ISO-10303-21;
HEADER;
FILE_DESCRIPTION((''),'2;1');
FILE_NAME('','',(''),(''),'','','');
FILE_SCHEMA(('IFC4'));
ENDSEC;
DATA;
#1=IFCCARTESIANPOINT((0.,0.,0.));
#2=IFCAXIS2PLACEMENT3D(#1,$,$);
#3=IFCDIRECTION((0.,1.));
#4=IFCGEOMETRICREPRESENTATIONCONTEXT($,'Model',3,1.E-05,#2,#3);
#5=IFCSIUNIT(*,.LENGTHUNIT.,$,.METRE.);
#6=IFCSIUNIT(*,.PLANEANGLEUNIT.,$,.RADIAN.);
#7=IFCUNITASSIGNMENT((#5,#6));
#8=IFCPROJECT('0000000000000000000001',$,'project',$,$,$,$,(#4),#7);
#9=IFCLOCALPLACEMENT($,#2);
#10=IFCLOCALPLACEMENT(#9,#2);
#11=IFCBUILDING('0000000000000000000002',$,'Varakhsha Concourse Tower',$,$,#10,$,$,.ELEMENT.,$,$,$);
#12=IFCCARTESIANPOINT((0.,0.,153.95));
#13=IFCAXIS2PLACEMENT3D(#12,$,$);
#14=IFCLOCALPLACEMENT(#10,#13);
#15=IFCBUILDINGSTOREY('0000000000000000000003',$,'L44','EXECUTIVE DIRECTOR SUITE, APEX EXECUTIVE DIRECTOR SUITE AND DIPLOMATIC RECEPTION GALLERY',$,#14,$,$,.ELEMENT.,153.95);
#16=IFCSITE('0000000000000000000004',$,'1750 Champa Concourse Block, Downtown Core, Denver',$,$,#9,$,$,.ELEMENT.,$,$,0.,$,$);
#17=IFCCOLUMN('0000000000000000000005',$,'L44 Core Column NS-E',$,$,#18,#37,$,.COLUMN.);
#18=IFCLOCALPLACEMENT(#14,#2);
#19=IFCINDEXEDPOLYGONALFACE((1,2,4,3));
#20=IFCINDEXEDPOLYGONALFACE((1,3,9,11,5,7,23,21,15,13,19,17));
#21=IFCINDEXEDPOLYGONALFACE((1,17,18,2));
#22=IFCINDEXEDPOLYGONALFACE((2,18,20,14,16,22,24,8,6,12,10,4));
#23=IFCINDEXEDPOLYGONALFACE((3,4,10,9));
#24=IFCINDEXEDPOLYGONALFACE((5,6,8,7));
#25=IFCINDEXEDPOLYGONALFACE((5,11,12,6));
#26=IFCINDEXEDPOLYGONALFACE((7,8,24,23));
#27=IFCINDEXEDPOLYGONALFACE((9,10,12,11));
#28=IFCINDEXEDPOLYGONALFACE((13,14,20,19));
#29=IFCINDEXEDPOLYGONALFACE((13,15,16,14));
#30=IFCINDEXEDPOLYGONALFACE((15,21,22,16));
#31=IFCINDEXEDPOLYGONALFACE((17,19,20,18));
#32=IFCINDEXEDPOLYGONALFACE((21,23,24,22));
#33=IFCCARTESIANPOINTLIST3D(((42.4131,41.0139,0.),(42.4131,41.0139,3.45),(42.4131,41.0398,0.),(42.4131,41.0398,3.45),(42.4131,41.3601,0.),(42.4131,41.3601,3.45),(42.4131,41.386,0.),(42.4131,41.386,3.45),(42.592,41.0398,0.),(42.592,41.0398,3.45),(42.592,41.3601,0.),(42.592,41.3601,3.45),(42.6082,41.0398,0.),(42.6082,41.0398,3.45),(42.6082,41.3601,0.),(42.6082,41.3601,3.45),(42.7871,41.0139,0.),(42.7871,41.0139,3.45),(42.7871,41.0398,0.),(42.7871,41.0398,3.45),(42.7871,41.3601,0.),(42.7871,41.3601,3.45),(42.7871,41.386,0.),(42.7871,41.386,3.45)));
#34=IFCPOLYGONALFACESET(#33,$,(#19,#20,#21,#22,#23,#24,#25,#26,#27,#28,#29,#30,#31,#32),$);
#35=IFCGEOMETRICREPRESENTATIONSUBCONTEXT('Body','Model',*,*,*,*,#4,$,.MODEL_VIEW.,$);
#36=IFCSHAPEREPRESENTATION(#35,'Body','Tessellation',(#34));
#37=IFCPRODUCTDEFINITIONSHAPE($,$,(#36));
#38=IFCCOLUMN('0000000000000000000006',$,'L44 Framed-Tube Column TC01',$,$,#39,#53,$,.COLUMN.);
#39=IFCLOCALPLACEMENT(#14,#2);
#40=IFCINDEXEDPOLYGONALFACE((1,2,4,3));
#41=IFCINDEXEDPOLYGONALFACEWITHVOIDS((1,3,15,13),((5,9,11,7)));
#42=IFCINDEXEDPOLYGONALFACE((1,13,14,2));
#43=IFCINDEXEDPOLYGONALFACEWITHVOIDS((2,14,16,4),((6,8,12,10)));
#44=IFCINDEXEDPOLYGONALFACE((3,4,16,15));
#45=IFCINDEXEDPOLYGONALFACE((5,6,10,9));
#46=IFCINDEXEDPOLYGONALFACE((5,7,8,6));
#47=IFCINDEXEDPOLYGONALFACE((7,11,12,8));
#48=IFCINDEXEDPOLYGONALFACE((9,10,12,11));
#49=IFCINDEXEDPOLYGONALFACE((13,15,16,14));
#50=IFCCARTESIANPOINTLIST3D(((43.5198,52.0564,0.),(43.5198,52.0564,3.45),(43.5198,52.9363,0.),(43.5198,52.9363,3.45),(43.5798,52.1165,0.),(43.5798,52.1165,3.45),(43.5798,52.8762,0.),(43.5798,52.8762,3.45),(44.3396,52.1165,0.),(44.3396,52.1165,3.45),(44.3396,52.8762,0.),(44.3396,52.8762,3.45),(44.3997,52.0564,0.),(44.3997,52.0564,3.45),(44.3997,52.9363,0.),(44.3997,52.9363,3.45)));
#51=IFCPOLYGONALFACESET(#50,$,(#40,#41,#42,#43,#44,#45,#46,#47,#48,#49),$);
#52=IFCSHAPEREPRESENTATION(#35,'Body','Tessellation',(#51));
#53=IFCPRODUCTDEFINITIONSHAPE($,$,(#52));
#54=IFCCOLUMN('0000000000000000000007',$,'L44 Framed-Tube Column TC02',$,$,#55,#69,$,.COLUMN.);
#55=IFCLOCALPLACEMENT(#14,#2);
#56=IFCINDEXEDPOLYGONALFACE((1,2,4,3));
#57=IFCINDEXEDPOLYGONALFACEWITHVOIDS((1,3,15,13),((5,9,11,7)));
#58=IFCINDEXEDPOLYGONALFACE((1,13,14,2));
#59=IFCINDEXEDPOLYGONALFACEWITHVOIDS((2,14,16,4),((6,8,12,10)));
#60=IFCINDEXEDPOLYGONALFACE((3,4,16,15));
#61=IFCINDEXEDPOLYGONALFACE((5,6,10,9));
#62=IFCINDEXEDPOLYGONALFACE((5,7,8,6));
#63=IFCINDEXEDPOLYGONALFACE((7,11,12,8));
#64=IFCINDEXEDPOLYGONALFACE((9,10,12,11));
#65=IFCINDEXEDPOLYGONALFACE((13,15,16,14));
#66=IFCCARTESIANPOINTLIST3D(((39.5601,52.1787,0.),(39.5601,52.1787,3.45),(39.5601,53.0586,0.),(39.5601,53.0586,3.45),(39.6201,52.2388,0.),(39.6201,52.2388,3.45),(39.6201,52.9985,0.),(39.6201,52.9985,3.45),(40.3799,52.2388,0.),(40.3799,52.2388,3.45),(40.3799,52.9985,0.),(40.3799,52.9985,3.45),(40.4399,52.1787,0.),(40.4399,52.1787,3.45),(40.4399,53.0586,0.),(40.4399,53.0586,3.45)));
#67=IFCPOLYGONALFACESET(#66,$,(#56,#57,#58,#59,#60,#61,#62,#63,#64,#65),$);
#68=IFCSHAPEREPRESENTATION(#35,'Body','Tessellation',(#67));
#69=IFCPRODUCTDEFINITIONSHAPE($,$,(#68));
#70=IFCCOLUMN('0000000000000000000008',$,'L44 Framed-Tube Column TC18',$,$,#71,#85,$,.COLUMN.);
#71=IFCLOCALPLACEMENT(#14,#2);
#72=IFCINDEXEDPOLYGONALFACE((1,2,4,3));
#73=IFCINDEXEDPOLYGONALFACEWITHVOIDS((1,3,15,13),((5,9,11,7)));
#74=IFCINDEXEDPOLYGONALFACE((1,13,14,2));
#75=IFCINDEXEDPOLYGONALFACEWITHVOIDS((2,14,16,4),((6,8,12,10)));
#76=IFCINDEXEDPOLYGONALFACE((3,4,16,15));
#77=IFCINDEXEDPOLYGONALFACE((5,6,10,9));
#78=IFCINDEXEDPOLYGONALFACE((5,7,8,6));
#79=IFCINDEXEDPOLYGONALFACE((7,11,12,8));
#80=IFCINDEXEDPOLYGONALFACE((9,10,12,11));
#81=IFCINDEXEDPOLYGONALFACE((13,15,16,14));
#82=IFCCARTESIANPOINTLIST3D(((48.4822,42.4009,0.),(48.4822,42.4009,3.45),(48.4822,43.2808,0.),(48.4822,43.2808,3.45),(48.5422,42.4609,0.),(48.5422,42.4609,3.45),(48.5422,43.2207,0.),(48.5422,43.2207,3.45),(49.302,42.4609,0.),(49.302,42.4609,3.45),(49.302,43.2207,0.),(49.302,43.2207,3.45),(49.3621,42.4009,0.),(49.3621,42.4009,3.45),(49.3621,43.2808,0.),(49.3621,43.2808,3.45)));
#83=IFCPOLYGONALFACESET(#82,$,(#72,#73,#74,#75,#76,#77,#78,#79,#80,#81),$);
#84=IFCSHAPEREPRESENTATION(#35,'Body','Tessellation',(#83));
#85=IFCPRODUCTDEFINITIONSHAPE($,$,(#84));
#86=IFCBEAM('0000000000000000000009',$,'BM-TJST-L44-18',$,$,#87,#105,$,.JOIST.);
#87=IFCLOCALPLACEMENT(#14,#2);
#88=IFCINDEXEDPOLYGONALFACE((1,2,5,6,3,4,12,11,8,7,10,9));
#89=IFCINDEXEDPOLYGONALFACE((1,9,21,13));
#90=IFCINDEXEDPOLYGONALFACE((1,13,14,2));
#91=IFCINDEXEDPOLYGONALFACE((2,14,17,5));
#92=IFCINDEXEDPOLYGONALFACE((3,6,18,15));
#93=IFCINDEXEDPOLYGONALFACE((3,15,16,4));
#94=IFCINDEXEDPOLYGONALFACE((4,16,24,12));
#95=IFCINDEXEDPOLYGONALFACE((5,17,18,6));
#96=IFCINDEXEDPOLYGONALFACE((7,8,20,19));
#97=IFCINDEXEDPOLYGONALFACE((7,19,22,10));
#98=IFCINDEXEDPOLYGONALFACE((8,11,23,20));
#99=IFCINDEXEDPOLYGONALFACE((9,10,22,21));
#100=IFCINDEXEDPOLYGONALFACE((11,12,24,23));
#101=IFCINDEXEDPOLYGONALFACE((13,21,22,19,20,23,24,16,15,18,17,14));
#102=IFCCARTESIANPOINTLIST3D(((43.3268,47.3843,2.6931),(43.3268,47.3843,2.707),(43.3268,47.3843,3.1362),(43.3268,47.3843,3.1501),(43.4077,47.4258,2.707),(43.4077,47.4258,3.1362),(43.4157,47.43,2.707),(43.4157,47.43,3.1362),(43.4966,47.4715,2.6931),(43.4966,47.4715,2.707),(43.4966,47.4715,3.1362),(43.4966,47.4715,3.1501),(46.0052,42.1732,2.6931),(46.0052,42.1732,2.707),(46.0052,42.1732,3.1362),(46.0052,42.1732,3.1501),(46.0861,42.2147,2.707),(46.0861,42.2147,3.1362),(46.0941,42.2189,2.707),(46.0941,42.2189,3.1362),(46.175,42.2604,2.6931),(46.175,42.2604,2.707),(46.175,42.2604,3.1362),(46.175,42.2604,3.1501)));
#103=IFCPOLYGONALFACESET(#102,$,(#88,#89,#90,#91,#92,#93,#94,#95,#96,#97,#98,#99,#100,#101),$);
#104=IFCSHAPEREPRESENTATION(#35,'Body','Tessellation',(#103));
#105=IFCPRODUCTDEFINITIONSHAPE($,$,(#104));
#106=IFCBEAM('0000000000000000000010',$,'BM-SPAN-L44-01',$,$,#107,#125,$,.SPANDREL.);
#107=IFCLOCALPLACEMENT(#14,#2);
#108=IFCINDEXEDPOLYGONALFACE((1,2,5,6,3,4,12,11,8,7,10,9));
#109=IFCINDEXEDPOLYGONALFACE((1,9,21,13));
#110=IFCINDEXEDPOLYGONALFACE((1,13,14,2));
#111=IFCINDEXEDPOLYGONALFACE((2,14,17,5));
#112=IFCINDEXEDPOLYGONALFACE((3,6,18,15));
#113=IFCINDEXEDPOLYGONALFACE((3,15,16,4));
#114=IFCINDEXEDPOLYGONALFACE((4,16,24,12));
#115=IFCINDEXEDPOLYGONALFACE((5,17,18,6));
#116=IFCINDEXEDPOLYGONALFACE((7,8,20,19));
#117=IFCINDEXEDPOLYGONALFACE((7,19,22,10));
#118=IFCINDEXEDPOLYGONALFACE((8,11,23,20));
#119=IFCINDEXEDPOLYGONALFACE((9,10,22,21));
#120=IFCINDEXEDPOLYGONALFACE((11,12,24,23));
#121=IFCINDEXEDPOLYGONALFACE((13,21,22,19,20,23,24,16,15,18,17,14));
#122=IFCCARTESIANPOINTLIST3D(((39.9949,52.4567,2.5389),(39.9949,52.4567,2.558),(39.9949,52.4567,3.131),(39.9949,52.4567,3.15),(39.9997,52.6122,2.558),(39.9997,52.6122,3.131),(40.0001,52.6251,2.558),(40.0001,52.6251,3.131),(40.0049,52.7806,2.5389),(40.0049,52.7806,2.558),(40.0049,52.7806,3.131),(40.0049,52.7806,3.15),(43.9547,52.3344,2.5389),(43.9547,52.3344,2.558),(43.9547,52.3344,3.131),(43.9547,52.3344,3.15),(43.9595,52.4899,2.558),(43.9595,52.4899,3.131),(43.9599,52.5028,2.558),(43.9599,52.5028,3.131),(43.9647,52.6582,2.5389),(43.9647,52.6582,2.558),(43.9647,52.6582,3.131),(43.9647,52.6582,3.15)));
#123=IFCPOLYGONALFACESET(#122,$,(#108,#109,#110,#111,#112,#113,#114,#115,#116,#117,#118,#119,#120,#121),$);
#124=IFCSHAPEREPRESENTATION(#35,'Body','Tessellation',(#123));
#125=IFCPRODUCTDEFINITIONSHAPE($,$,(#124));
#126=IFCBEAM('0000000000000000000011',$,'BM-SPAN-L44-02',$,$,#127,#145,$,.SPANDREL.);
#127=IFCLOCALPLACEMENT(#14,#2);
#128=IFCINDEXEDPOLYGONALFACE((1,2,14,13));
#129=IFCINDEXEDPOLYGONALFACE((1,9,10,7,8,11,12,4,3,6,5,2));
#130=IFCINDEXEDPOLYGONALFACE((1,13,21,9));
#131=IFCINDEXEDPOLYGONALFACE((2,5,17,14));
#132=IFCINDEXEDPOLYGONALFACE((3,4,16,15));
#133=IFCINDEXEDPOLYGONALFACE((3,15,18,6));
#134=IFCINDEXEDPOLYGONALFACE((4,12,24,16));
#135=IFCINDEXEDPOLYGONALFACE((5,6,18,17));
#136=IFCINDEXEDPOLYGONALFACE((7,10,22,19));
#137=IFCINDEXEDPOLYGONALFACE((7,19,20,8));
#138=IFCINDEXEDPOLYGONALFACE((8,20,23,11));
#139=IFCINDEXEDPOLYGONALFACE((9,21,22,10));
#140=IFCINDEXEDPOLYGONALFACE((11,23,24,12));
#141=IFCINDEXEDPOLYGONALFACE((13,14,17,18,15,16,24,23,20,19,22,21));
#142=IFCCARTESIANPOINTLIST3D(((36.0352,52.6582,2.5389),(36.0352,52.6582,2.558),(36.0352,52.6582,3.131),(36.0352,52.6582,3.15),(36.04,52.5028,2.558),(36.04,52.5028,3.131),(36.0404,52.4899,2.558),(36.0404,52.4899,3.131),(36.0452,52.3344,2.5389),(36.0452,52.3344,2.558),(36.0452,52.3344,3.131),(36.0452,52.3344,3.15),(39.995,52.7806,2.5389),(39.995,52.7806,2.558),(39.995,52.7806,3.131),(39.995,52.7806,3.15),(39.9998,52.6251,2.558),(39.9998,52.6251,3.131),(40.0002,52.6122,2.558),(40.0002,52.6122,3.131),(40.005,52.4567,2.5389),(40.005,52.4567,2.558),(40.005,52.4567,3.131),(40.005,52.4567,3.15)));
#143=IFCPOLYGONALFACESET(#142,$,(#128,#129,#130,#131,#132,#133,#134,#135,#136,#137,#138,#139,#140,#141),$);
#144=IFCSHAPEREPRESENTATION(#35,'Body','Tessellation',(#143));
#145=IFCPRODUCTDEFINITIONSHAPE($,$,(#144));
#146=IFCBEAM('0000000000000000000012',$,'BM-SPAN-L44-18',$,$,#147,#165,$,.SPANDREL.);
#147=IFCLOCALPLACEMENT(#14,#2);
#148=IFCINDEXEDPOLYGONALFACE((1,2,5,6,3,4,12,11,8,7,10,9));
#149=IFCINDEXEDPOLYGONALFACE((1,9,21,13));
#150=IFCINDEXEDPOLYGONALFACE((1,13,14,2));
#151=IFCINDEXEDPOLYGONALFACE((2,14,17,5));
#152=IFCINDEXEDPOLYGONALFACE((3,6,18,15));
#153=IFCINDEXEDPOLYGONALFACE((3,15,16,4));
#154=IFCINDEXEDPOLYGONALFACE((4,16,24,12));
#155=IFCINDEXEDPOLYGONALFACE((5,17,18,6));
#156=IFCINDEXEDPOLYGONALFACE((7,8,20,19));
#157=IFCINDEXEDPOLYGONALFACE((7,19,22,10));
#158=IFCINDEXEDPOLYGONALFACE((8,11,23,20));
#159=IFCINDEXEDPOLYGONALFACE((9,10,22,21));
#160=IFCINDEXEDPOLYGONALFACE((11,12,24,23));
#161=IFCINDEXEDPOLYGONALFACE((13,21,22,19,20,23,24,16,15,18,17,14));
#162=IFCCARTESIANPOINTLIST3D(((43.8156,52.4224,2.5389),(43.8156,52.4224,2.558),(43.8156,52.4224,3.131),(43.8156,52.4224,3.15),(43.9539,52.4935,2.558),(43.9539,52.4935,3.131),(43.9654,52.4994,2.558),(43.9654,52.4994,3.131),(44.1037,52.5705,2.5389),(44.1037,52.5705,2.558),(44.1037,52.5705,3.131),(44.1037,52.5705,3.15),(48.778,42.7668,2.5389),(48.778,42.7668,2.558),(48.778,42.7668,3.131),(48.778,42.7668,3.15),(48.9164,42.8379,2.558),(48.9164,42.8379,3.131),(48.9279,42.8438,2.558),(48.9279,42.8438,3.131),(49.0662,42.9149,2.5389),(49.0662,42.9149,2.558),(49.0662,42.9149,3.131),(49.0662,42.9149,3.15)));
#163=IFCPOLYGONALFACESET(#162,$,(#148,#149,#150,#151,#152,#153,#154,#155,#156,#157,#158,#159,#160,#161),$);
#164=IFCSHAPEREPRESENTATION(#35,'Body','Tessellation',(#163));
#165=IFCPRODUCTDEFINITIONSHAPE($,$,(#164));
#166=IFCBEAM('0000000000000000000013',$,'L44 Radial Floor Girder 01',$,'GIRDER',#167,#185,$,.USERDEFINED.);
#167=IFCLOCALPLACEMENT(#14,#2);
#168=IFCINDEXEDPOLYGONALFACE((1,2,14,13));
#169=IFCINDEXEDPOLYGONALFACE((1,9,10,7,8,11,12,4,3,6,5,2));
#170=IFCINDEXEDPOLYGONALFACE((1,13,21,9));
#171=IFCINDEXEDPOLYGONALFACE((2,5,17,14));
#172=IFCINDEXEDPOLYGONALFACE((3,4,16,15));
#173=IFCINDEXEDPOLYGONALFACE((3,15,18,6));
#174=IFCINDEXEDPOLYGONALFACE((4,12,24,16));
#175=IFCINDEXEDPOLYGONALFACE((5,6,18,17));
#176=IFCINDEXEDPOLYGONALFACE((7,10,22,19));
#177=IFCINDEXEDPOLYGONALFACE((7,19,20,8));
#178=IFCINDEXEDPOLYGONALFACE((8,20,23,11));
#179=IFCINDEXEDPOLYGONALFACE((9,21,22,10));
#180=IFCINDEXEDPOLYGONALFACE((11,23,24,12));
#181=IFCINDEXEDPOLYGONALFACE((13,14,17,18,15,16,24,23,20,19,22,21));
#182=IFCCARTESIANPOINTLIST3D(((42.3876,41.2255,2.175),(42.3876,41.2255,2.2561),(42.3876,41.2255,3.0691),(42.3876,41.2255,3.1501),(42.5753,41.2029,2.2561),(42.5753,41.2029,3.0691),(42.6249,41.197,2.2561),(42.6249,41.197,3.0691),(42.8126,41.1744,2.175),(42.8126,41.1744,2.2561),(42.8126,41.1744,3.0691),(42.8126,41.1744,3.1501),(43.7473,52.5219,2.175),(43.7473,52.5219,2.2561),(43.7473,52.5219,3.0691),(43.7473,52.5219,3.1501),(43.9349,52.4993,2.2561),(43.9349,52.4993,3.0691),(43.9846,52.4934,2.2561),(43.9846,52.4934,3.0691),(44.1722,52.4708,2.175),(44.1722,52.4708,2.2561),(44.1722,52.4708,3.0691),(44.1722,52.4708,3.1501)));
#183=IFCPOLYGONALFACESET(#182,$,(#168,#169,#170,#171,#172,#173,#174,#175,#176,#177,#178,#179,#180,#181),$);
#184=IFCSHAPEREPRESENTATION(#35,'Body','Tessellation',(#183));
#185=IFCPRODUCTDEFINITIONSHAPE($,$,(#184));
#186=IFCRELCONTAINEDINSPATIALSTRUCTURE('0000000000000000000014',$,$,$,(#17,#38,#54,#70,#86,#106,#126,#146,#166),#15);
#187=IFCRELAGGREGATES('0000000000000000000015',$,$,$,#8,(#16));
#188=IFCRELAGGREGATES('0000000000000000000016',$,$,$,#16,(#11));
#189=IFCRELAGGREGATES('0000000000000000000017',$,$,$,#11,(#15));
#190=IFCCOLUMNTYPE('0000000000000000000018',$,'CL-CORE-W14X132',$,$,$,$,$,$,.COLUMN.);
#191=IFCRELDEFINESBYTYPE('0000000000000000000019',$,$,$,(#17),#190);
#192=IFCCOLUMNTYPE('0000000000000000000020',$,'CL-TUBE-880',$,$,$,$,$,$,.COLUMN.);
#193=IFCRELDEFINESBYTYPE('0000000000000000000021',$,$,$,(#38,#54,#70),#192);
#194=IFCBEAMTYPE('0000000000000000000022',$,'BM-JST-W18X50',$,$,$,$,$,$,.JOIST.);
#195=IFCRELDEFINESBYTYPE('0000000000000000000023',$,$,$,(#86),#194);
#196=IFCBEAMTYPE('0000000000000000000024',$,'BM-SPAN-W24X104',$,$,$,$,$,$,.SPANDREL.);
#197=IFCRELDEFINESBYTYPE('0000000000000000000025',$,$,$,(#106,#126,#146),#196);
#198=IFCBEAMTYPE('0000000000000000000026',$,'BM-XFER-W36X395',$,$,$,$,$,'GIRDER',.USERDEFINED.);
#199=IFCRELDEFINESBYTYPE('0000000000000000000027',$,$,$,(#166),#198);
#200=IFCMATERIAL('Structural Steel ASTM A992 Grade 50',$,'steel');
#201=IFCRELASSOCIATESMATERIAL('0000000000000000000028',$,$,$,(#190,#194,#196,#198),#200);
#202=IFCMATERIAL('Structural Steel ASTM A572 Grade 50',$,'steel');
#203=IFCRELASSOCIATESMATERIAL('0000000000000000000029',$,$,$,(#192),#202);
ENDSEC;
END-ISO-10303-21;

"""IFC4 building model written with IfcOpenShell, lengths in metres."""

from ifc_helpers import new_model, si_unit, direction, frame, origin, origin_2d, place, context, subcontext, project, spatial, hollow_rectangle, i_section, extrude, material, material_profile, profile_set, type_object, element, save


model = new_model("IFC4")

# Units and contexts
model_context = context("Model", 3, precision=1e-05, world=origin(), true_north=direction((0.0, 1.0)))
body_context = subcontext(model_context, "Body", "Model", "MODEL_VIEW")
ifc_project = project(units=[si_unit("LENGTHUNIT", "METRE"), si_unit("PLANEANGLEUNIT", "RADIAN")], contexts=[model_context])

# Site, building, storey
site_placement = place(None, origin())
site = spatial("IfcSite", under=ifc_project, at=site_placement, Name="1750 Champa Concourse Block, Downtown Core, Denver", CompositionType="ELEMENT", RefElevation=0.0)
building_placement = place(site_placement, origin())
building = spatial("IfcBuilding", under=site, at=building_placement, Name="Varakhsha Concourse Tower", CompositionType="ELEMENT")
storey_placement = place(building_placement, frame((0.0, 0.0, 153.95)))
storey = spatial("IfcBuildingStorey", under=building, at=storey_placement, Name="L44", Description="EXECUTIVE DIRECTOR SUITE, APEX EXECUTIVE DIRECTOR SUITE AND DIPLOMATIC RECEPTION GALLERY", CompositionType="ELEMENT", Elevation=153.95)

# Columns
ifc_material_1 = material(Name="Structural Steel ASTM A992 Grade 50", Category="steel")
ifc_material_profile_1 = material_profile(ifc_material_1, i_section(OverallWidth=0.374, OverallDepth=0.3721, WebThickness=0.0161, FlangeThickness=0.0259, at=origin_2d()), Name="W14X132")
ifc_profile_set_1 = profile_set([ifc_material_profile_1], Name="Structural Steel ASTM A992 Grade 50")
column_type_1 = type_object("IfcColumnType", Name="CL-CORE-W14X132", PredefinedType="COLUMN", material=ifc_profile_set_1)
column_placement = place(storey_placement, frame((42.6001, 41.2, 0.0), z_axis=(0.0, 0.0, 1.0), x_axis=(1.0, 0.0, 0.0)))
element("IfcColumn", 1, at=column_placement, inside=storey, type_object=column_type_1, Name="L44 Core Column NS-E", PredefinedType="COLUMN", context=body_context, shape_type="SweptSolid", body=[
    extrude(i_section(OverallWidth=0.374, OverallDepth=0.3721, WebThickness=0.0161, FlangeThickness=0.0259, at=origin_2d()), origin(), (0.0, 0.0, 1.0), 3.45),
])
ifc_material_2 = material(Name="Structural Steel ASTM A572 Grade 50", Category="steel")
ifc_material_profile_2 = material_profile(ifc_material_2, hollow_rectangle(XDim=0.8799, YDim=0.8799, WallThickness=0.0601, at=origin_2d()), Name="BOX 880x880x60")
ifc_profile_set_2 = profile_set([ifc_material_profile_2], Name="Structural Steel ASTM A572 Grade 50")
column_type_2 = type_object("IfcColumnType", Name="CL-TUBE-880", PredefinedType="COLUMN", material=ifc_profile_set_2)
for number, where, z_axis, x_axis, name in (
    (2, (43.9597, 52.4963, 0.0), (0.0, 0.0, 1.0), (1.0, 0.0, 0.0), "L44 Framed-Tube Column TC01"),
    (3, (40.0, 52.6187, 0.0), (0.0, 0.0, 1.0), (1.0, 0.0, 0.0), "L44 Framed-Tube Column TC02"),
    (4, (48.9221, 42.8408, 0.0), (0.0, 0.0, 1.0), (1.0, 0.0, 0.0), "L44 Framed-Tube Column TC18"),
):
    element("IfcColumn", number, at=place(storey_placement, frame(where, z_axis=z_axis, x_axis=x_axis)), inside=storey, type_object=column_type_2, Name=name, PredefinedType="COLUMN", context=body_context, shape_type="SweptSolid", body=[
        extrude(hollow_rectangle(XDim=0.8799, YDim=0.8799, WallThickness=0.0601, at=origin_2d()), origin(), (0.0, 0.0, 1.0), 3.45),
    ])

# Beams
ifc_material_profile_3 = material_profile(ifc_material_1, i_section(OverallWidth=0.1909, OverallDepth=0.457, WebThickness=0.009, FlangeThickness=0.0139, at=origin_2d()), Name="W18X50")
ifc_profile_set_3 = profile_set([ifc_material_profile_3], Name="Structural Steel ASTM A992 Grade 50")
beam_type_1 = type_object("IfcBeamType", Name="BM-JST-W18X50", PredefinedType="JOIST", material=ifc_profile_set_3)
beam_1_placement = place(storey_placement, frame((46.0901, 42.2168, 2.9216), z_axis=(-0.457136, 0.889397, 0.0), x_axis=(-0.889397, -0.457136, 0.0)))
element("IfcBeam", 5, at=beam_1_placement, inside=storey, type_object=beam_type_1, Name="BM-TJST-L44-18", PredefinedType="JOIST", context=body_context, shape_type="SweptSolid", body=[
    extrude(i_section(OverallWidth=0.1909, OverallDepth=0.457, WebThickness=0.009, FlangeThickness=0.0139, at=origin_2d()), origin(), (0.0, 0.0, 1.0), 5.8591),
])
ifc_material_profile_4 = material_profile(ifc_material_1, i_section(OverallWidth=0.324, OverallDepth=0.6111, WebThickness=0.0129, FlangeThickness=0.019, at=origin_2d()), Name="W24X104")
ifc_profile_set_4 = profile_set([ifc_material_profile_4], Name="Structural Steel ASTM A992 Grade 50")
beam_type_2 = type_object("IfcBeamType", Name="BM-SPAN-W24X104", PredefinedType="SPANDREL", material=ifc_profile_set_4)
for number, where, z_axis, x_axis, name in (
    (6, (43.9597, 52.4963, 2.8445), (-0.999523, 0.030875, 0.0), (-0.030875, -0.999523, 0.0), "BM-SPAN-L44-01"),
    (7, (40.0, 52.6187, 2.8445), (-0.999523, -0.030875, 0.0), (0.030875, -0.999523, 0.0), "BM-SPAN-L44-02"),
):
    element("IfcBeam", number, at=place(storey_placement, frame(where, z_axis=z_axis, x_axis=x_axis)), inside=storey, type_object=beam_type_2, Name=name, PredefinedType="SPANDREL", context=body_context, shape_type="SweptSolid", body=[
        extrude(i_section(OverallWidth=0.324, OverallDepth=0.6111, WebThickness=0.0129, FlangeThickness=0.019, at=origin_2d()), origin(), (0.0, 0.0, 1.0), 3.9617),
    ])
beam_2_placement = place(storey_placement, frame((48.9221, 42.8408, 2.8445), z_axis=(-0.457108, 0.889411, 0.0), x_axis=(-0.889411, -0.457108, 0.0)))
element("IfcBeam", 8, at=beam_2_placement, inside=storey, type_object=beam_type_2, Name="BM-SPAN-L44-18", PredefinedType="SPANDREL", context=body_context, shape_type="SweptSolid", body=[
    extrude(i_section(OverallWidth=0.324, OverallDepth=0.6111, WebThickness=0.0129, FlangeThickness=0.019, at=origin_2d()), origin(), (0.0, 0.0, 1.0), 10.8562),
])
ifc_material_profile_5 = material_profile(ifc_material_1, i_section(OverallWidth=0.428, OverallDepth=0.9751, WebThickness=0.05, FlangeThickness=0.0811, at=origin_2d()), Name="W36X395")
ifc_profile_set_5 = profile_set([ifc_material_profile_5], Name="Structural Steel ASTM A992 Grade 50")
beam_type_3 = type_object("IfcBeamType", Name="BM-XFER-W36X395", ElementType="GIRDER", PredefinedType="USERDEFINED", material=ifc_profile_set_5)
beam_3_placement = place(storey_placement, frame((42.6001, 41.2, 2.6626), z_axis=(0.119496, 0.992835, 0.0), x_axis=(-0.992835, 0.119496, 0.0)))
element("IfcBeam", 9, at=beam_3_placement, inside=storey, type_object=beam_type_3, Name="L44 Radial Floor Girder 01", ObjectType="GIRDER", PredefinedType="USERDEFINED", context=body_context, shape_type="SweptSolid", body=[
    extrude(i_section(OverallWidth=0.428, OverallDepth=0.9751, WebThickness=0.05, FlangeThickness=0.0811, at=origin_2d()), origin(), (0.0, 0.0, 1.0), 11.3779),
])

save(model, "model.ifc")
